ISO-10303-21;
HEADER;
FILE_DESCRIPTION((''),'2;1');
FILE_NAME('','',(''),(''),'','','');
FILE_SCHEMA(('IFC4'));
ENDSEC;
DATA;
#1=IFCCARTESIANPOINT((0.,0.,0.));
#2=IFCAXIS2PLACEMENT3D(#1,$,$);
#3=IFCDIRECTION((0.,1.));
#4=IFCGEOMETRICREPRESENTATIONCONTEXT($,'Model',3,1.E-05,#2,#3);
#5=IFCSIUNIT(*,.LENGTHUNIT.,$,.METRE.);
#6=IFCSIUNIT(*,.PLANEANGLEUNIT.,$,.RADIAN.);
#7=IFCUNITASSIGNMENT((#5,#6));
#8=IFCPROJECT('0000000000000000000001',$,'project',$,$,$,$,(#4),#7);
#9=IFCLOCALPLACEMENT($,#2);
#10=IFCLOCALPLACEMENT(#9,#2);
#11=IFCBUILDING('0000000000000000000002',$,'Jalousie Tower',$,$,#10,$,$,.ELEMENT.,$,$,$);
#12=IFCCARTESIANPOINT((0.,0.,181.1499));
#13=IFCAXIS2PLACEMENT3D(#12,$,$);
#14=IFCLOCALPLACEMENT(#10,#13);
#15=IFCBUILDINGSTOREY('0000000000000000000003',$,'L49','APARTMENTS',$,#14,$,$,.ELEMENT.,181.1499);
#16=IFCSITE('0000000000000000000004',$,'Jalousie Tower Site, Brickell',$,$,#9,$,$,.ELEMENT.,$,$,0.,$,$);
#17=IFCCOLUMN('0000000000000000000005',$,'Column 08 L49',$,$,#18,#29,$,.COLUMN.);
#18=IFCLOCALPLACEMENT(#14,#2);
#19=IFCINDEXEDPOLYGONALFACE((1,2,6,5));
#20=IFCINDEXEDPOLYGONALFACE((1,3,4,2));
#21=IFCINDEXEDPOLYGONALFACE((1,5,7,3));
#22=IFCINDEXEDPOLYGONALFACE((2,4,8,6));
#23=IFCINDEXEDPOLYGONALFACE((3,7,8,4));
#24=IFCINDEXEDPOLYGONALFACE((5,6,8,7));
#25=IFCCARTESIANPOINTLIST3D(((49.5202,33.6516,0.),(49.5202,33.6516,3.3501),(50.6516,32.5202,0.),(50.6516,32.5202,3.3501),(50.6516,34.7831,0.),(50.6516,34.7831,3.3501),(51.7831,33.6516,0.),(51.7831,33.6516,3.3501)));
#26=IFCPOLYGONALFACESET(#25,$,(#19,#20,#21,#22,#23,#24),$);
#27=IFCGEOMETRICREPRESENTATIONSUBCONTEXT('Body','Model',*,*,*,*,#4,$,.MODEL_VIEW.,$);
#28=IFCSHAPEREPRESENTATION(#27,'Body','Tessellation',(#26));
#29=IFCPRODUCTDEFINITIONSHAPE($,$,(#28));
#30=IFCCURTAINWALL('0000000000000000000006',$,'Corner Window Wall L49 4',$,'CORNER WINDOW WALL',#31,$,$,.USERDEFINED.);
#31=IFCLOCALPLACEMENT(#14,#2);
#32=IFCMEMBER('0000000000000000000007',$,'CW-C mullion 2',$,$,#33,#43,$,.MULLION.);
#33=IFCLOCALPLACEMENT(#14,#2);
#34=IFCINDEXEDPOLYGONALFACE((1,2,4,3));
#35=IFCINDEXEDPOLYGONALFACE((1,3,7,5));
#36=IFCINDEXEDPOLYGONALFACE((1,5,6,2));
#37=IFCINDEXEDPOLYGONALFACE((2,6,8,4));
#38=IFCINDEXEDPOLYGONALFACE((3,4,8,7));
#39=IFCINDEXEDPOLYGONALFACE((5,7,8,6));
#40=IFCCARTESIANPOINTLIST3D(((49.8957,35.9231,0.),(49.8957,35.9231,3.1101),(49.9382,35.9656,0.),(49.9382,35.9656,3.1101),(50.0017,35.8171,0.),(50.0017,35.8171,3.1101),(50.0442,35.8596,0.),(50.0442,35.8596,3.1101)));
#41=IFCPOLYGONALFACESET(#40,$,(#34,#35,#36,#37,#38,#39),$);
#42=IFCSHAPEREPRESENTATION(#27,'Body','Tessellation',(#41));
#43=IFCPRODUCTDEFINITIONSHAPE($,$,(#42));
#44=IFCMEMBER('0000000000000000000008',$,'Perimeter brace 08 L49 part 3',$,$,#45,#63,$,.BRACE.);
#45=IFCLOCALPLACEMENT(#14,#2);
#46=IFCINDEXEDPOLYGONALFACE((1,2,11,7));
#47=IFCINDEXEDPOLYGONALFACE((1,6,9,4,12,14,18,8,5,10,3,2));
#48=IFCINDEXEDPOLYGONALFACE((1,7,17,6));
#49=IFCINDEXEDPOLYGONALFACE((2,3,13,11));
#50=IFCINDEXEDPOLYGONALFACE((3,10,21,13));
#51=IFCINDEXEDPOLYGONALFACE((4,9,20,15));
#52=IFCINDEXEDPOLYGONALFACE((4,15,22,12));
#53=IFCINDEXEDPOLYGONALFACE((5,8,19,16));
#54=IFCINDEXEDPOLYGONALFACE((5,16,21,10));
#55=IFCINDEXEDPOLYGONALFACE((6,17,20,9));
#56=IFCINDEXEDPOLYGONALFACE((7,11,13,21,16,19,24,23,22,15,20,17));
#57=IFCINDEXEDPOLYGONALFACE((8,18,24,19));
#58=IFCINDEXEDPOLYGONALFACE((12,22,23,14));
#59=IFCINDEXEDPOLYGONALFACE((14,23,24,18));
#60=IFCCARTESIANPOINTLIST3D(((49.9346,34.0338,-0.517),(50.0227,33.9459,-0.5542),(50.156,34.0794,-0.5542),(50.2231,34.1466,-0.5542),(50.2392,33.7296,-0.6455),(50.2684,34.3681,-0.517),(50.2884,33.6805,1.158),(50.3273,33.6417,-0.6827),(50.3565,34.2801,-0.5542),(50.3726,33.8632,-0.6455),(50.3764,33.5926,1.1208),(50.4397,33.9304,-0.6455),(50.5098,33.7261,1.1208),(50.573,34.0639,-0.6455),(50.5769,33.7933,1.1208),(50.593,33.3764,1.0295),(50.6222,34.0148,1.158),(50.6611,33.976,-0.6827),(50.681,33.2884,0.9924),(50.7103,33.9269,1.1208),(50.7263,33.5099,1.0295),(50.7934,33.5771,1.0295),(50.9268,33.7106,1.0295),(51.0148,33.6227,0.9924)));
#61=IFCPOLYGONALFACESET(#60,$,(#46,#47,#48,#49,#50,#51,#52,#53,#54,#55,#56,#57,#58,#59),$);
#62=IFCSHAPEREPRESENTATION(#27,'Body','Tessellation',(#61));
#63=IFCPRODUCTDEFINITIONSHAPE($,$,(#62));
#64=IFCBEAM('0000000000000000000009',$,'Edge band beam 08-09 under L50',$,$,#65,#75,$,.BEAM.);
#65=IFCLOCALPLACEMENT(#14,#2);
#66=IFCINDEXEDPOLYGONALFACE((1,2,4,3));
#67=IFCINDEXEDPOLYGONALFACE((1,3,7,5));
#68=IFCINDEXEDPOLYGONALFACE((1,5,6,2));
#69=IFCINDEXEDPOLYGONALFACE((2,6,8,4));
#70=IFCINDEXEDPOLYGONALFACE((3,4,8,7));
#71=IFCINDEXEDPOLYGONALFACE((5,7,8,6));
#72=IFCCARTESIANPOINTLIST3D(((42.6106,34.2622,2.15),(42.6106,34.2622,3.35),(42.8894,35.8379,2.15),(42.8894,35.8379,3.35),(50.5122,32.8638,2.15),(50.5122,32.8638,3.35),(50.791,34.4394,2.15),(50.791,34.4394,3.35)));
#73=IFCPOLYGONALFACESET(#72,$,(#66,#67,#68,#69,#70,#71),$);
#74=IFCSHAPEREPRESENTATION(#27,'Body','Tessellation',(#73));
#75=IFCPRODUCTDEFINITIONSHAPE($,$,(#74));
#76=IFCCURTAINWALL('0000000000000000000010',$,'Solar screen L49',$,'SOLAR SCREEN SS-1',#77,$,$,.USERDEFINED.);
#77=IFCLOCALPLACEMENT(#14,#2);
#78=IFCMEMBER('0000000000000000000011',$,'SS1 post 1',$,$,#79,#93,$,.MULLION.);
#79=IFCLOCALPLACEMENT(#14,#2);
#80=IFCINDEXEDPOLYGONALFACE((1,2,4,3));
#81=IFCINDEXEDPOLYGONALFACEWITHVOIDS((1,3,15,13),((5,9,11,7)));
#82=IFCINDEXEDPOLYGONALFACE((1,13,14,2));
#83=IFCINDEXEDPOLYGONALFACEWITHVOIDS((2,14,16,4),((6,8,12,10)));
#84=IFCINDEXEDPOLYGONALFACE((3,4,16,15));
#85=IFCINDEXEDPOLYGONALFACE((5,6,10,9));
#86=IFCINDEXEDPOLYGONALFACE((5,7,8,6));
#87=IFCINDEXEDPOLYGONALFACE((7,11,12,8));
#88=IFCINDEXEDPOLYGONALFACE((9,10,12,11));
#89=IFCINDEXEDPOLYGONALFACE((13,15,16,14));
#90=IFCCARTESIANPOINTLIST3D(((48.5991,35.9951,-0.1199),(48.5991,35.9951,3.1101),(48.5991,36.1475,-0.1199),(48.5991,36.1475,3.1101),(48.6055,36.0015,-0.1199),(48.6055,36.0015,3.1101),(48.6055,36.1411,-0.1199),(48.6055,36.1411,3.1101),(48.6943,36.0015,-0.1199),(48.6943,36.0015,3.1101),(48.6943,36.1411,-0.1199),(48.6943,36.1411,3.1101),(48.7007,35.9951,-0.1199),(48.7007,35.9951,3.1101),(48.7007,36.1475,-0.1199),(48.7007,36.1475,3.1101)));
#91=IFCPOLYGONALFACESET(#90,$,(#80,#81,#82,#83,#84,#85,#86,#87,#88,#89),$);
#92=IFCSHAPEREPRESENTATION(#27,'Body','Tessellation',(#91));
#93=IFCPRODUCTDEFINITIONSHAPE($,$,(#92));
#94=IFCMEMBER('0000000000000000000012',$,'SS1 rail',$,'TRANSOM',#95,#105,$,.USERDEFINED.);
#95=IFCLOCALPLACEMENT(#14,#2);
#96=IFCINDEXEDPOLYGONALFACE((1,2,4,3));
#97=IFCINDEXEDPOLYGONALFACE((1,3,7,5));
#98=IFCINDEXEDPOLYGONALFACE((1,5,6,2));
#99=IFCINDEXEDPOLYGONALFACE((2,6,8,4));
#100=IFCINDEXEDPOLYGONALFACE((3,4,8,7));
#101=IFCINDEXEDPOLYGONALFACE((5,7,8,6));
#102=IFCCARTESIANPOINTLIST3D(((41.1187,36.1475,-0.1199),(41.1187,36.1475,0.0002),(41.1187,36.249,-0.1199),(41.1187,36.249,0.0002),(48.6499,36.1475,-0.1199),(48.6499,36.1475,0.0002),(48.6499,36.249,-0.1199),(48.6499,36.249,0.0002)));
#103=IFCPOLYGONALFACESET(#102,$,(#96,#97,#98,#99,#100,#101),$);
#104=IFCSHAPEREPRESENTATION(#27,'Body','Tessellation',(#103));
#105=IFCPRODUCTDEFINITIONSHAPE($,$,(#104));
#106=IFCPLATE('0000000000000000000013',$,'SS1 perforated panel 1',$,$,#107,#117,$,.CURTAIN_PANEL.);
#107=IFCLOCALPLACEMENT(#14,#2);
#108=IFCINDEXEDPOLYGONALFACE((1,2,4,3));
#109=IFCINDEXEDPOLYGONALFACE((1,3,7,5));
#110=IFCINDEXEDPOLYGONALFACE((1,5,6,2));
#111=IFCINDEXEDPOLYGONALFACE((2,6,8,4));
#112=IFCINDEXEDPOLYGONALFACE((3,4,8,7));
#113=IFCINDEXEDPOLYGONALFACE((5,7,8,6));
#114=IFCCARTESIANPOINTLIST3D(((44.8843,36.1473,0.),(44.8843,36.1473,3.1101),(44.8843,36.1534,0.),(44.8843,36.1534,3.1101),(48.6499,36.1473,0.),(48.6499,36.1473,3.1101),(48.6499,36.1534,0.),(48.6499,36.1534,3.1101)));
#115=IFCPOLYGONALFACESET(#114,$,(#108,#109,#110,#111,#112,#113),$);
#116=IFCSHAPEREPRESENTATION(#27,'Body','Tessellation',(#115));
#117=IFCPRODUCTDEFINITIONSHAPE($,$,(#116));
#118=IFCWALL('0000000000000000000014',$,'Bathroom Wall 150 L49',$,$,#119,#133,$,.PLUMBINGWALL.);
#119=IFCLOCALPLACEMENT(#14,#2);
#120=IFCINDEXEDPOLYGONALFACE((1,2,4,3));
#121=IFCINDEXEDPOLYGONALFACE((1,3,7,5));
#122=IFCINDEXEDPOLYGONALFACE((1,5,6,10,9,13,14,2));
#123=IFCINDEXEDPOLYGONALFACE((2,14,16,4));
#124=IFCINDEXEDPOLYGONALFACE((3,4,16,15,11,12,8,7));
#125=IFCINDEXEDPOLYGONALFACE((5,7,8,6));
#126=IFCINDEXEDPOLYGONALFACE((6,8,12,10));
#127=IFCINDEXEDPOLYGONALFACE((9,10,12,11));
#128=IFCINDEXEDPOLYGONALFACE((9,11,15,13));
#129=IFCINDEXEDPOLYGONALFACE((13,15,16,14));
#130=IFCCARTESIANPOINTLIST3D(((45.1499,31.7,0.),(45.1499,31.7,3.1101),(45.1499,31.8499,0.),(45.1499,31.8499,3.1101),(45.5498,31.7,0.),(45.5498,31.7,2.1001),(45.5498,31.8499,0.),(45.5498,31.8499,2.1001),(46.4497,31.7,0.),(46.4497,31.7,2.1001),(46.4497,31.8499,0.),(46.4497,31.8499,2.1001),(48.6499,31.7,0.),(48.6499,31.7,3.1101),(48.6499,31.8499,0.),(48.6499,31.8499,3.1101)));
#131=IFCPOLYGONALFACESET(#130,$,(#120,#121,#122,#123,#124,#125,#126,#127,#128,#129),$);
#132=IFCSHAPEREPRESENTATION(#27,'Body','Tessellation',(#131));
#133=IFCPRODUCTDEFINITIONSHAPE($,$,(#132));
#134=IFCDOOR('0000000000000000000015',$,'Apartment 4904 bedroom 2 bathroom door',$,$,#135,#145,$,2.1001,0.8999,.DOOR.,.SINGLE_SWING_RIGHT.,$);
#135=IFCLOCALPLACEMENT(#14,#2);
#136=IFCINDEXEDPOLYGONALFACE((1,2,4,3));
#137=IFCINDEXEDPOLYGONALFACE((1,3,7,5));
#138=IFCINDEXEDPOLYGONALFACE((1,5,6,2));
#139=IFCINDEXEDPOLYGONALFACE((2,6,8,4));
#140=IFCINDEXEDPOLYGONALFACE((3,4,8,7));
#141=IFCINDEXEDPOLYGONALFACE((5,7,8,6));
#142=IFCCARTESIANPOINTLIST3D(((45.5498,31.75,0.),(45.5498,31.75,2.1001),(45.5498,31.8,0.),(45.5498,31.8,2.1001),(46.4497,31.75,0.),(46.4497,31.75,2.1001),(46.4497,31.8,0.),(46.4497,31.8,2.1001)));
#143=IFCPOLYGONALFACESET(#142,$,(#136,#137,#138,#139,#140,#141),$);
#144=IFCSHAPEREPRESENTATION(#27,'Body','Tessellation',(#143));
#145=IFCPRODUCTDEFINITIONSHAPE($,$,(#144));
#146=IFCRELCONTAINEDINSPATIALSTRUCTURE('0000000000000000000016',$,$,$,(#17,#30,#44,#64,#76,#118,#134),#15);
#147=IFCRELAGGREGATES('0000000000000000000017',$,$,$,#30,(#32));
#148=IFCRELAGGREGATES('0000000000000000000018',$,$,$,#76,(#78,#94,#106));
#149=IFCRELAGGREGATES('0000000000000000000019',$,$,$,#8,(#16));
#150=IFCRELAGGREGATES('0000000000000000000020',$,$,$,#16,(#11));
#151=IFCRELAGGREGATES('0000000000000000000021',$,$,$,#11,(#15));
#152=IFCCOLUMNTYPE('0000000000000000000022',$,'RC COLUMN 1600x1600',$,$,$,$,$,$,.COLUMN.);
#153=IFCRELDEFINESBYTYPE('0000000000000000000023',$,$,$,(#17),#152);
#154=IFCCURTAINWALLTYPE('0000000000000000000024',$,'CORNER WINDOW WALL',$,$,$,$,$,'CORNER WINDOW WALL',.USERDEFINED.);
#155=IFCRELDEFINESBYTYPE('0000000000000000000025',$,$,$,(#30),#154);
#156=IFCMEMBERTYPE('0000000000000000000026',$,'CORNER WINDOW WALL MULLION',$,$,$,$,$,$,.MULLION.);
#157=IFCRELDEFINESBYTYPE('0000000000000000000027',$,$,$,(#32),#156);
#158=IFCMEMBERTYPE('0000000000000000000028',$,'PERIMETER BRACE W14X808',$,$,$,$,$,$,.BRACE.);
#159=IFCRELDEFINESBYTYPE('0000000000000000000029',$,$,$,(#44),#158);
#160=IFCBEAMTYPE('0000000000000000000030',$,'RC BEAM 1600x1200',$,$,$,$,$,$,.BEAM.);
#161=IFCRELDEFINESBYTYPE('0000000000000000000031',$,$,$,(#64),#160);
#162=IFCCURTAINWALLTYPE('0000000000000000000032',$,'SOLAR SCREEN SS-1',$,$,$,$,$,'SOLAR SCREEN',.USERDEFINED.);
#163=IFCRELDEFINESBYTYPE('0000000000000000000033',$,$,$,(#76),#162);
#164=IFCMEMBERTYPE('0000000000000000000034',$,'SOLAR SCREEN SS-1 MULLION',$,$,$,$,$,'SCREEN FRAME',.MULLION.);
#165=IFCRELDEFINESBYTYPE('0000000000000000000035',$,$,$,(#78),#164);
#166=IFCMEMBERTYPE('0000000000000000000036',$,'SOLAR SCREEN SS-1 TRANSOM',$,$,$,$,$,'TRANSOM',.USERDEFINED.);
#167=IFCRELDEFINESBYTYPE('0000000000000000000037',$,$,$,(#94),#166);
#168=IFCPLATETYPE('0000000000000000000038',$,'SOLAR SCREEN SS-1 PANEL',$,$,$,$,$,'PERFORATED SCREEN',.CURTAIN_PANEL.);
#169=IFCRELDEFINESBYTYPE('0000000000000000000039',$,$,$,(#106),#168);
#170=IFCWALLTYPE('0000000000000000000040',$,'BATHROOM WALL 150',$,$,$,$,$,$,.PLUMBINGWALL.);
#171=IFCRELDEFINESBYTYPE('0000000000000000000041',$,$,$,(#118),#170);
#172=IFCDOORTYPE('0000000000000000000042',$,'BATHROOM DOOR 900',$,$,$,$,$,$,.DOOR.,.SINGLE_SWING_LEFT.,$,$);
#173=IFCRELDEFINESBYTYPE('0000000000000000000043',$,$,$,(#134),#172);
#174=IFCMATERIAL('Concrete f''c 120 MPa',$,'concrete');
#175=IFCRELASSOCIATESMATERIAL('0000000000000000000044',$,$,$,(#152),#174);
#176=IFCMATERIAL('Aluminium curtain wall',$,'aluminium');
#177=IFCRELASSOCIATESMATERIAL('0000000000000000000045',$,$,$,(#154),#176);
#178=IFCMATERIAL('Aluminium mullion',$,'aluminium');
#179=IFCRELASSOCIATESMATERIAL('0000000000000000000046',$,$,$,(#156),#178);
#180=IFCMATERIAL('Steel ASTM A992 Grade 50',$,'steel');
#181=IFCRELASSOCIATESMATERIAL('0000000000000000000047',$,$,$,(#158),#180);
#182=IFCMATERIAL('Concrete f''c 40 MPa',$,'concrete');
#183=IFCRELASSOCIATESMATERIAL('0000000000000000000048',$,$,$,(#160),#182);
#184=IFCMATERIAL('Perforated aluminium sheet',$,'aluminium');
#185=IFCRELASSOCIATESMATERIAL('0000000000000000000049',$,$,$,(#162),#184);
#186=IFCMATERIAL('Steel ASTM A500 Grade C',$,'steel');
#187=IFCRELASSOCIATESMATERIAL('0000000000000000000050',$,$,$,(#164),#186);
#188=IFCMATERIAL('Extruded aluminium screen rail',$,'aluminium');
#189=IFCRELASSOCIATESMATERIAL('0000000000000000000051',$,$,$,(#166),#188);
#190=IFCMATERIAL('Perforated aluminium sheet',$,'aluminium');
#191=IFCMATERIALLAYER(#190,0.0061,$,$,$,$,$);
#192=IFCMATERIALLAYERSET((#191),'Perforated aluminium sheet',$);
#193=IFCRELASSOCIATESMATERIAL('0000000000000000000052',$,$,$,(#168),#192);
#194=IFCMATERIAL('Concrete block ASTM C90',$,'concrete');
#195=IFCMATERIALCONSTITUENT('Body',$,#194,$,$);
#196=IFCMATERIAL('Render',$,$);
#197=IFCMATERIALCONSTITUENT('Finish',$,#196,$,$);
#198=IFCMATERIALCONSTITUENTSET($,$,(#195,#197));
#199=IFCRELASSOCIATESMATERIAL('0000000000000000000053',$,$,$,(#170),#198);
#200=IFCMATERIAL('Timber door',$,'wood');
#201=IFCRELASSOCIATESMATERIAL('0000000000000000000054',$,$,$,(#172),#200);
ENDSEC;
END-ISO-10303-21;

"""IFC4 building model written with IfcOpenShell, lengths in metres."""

from ifc_helpers import new_model, si_unit, direction, frame, frame_2d, origin, origin_2d, place, context, subcontext, project, spatial, rectangle, hollow_rectangle, i_section, extrude, material, layer, layer_set, constituent, constituent_set, material_profile, profile_set, type_object, element, fill, aggregate, save


model = new_model("IFC4")

# Units and contexts
model_context = context("Model", 3, precision=1e-05, world=origin(), true_north=direction((0.0, 1.0)))
body_context = subcontext(model_context, "Body", "Model", "MODEL_VIEW")
ifc_project = project(units=[si_unit("LENGTHUNIT", "METRE"), si_unit("PLANEANGLEUNIT", "RADIAN")], contexts=[model_context])

# Site, building, storey
site_placement = place(None, origin())
site = spatial("IfcSite", under=ifc_project, at=site_placement, Name="Jalousie Tower Site, Brickell", CompositionType="ELEMENT", RefElevation=0.0)
building_placement = place(site_placement, origin())
building = spatial("IfcBuilding", under=site, at=building_placement, Name="Jalousie Tower", CompositionType="ELEMENT")
storey_placement = place(building_placement, frame((0.0, 0.0, 181.1499)))
storey = spatial("IfcBuildingStorey", under=building, at=storey_placement, Name="L49", Description="APARTMENTS", CompositionType="ELEMENT", Elevation=181.1499)

# Column
ifc_material_1 = material(Name="Concrete f'c 120 MPa", Category="concrete")
ifc_material_profile_1 = material_profile(ifc_material_1, rectangle(XDim=1.6001, YDim=1.6001, at=origin_2d()), Name="RC 1600x1600")
ifc_profile_set_1 = profile_set([ifc_material_profile_1], Name="Concrete f'c 120 MPa")
column_type = type_object("IfcColumnType", Name="RC COLUMN 1600x1600", PredefinedType="COLUMN", material=ifc_profile_set_1)
column_placement = place(storey_placement, frame((50.6516, 33.6516, 0.0), z_axis=(0.0, 0.0, 1.0), x_axis=(0.707107, 0.707107, 0.0)))
element("IfcColumn", 1, at=column_placement, inside=storey, type_object=column_type, Name="Column 08 L49", PredefinedType="COLUMN", context=body_context, shape_type="SweptSolid", body=[
    extrude(rectangle(XDim=1.6001, YDim=1.6001, at=origin_2d()), origin(), (0.0, 0.0, 1.0), 3.3501),
])

# Curtain wall, member
ifc_material_2 = material(Name="Aluminium curtain wall", Category="aluminium")
curtain_wall_type_1 = type_object("IfcCurtainWallType", Name="CORNER WINDOW WALL", ElementType="CORNER WINDOW WALL", PredefinedType="USERDEFINED", material=ifc_material_2)
curtain_wall_1_placement = place(storey_placement, origin())
curtain_wall_1 = element("IfcCurtainWall", 2, at=curtain_wall_1_placement, inside=storey, type_object=curtain_wall_type_1, Name="Corner Window Wall L49 4", ObjectType="CORNER WINDOW WALL", PredefinedType="USERDEFINED")
ifc_material_3 = material(Name="Aluminium mullion", Category="aluminium")
ifc_material_profile_2 = material_profile(ifc_material_3, rectangle(XDim=0.0601, YDim=0.1499, at=origin_2d()), Name="MULLION 60x150")
ifc_profile_set_2 = profile_set([ifc_material_profile_2], Name="Aluminium mullion")
member_type_1 = type_object("IfcMemberType", Name="CORNER WINDOW WALL MULLION", PredefinedType="MULLION", material=ifc_profile_set_2)
member_1_placement = place(storey_placement, frame((49.97, 35.8914, 0.0), z_axis=(0.0, 0.0, 1.0), x_axis=(-0.707107, -0.707107, 0.0)))
member_1 = element("IfcMember", 3, at=member_1_placement, type_object=member_type_1, Name="CW-C mullion 2", PredefinedType="MULLION", context=body_context, shape_type="SweptSolid", body=[
    extrude(rectangle(XDim=0.0601, YDim=0.1499, at=origin_2d()), origin(), (0.0, 0.0, 1.0), 3.1101),
])
aggregate(curtain_wall_1, [member_1])

# Member
ifc_material_4 = material(Name="Steel ASTM A992 Grade 50", Category="steel")
ifc_material_profile_3 = material_profile(ifc_material_4, i_section(OverallWidth=0.4724, OverallDepth=0.5791, WebThickness=0.095, FlangeThickness=0.1299, at=origin_2d()), Name="W14X808")
ifc_profile_set_3 = profile_set([ifc_material_profile_3], Name="Steel ASTM A992 Grade 50")
member_type_2 = type_object("IfcMemberType", Name="PERIMETER BRACE W14X808", PredefinedType="BRACE", material=ifc_profile_set_3)
member_2_placement = place(storey_placement, frame((50.2979, 34.0049, -0.5999), z_axis=(0.202372, -0.202093, 0.95823), x_axis=(0.706618, 0.707595, 0.0)))
element("IfcMember", 4, at=member_2_placement, inside=storey, type_object=member_type_2, Name="Perimeter brace 08 L49 part 3", PredefinedType="BRACE", context=body_context, shape_type="SweptSolid", body=[
    extrude(i_section(OverallWidth=0.4724, OverallDepth=0.5791, WebThickness=0.095, FlangeThickness=0.1299, at=origin_2d()), origin(), (0.0, 0.0, 1.0), 1.748),
])

# Beam
ifc_material_5 = material(Name="Concrete f'c 40 MPa", Category="concrete")
ifc_material_profile_4 = material_profile(ifc_material_5, rectangle(XDim=1.6001, YDim=1.2, at=origin_2d()), Name="RC 1600x1200")
ifc_profile_set_4 = profile_set([ifc_material_profile_4], Name="Concrete f'c 40 MPa")
beam_type = type_object("IfcBeamType", Name="RC BEAM 1600x1200", PredefinedType="BEAM", material=ifc_profile_set_4)
beam_placement = place(storey_placement, frame((50.6516, 33.6516, 2.75), z_axis=(-0.984697, 0.174273, 0.0), x_axis=(-0.174273, -0.984697, 0.0)))
element("IfcBeam", 5, at=beam_placement, inside=storey, type_object=beam_type, Name="Edge band beam 08-09 under L50", PredefinedType="BEAM", context=body_context, shape_type="SweptSolid", body=[
    extrude(rectangle(XDim=1.6001, YDim=1.2, at=origin_2d()), origin(), (0.0, 0.0, 1.0), 8.0244),
])

# Curtain wall, members, plate
ifc_material_6 = material(Name="Perforated aluminium sheet", Category="aluminium")
curtain_wall_type_2 = type_object("IfcCurtainWallType", Name="SOLAR SCREEN SS-1", ElementType="SOLAR SCREEN", PredefinedType="USERDEFINED", material=ifc_material_6)
curtain_wall_2_placement = place(storey_placement, origin())
curtain_wall_2 = element("IfcCurtainWall", 6, at=curtain_wall_2_placement, inside=storey, type_object=curtain_wall_type_2, Name="Solar screen L49", ObjectType="SOLAR SCREEN SS-1", PredefinedType="USERDEFINED")
ifc_material_7 = material(Name="Steel ASTM A500 Grade C", Category="steel")
ifc_material_profile_5 = material_profile(ifc_material_7, hollow_rectangle(XDim=0.1016, YDim=0.1523, WallThickness=0.0063, at=origin_2d()), Name="HSS6X4X1/4")
ifc_profile_set_5 = profile_set([ifc_material_profile_5], Name="Steel ASTM A500 Grade C")
member_type_3 = type_object("IfcMemberType", Name="SOLAR SCREEN SS-1 MULLION", ElementType="SCREEN FRAME", PredefinedType="MULLION", material=ifc_profile_set_5)
member_3_placement = place(storey_placement, frame((48.6499, 36.0713, -0.1199), z_axis=(0.0, 0.0, 1.0), x_axis=(-1.0, 0.0, 0.0)))
member_3 = element("IfcMember", 7, at=member_3_placement, type_object=member_type_3, Name="SS1 post 1", PredefinedType="MULLION", context=body_context, shape_type="SweptSolid", body=[
    extrude(hollow_rectangle(XDim=0.1016, YDim=0.1523, WallThickness=0.0063, at=origin_2d()), origin(), (0.0, 0.0, 1.0), 3.23),
])
ifc_material_8 = material(Name="Extruded aluminium screen rail", Category="aluminium")
ifc_material_profile_6 = material_profile(ifc_material_8, rectangle(XDim=0.1016, YDim=0.1201, at=origin_2d()), Name="RAIL 102x120")
ifc_profile_set_6 = profile_set([ifc_material_profile_6], Name="Extruded aluminium screen rail")
member_type_4 = type_object("IfcMemberType", Name="SOLAR SCREEN SS-1 TRANSOM", ElementType="TRANSOM", PredefinedType="USERDEFINED", material=ifc_profile_set_6)
member_4_placement = place(storey_placement, frame((48.6499, 36.1982, -0.0598), z_axis=(-1.0, 0.0, 0.0), x_axis=(0.0, -1.0, 0.0)))
member_4 = element("IfcMember", 8, at=member_4_placement, type_object=member_type_4, Name="SS1 rail", ObjectType="TRANSOM", PredefinedType="USERDEFINED", context=body_context, shape_type="SweptSolid", body=[
    extrude(rectangle(XDim=0.1016, YDim=0.1201, at=origin_2d()), origin(), (0.0, 0.0, 1.0), 7.5312),
])
ifc_material_9 = material(Name="Perforated aluminium sheet", Category="aluminium")
ifc_layer = layer(ifc_material_9, 0.0061)
ifc_layer_set = layer_set([ifc_layer], Name="Perforated aluminium sheet")
plate_type = type_object("IfcPlateType", Name="SOLAR SCREEN SS-1 PANEL", ElementType="PERFORATED SCREEN", PredefinedType="CURTAIN_PANEL", material=ifc_layer_set)
plate_placement = place(storey_placement, frame((46.7671, 36.1504, 0.0), z_axis=(0.0, 0.0, 1.0), x_axis=(-1.0, 0.0, 0.0)))
plate = element("IfcPlate", 9, at=plate_placement, type_object=plate_type, Name="SS1 perforated panel 1", PredefinedType="CURTAIN_PANEL", context=body_context, shape_type="SweptSolid", body=[
    extrude(rectangle(XDim=3.7656, YDim=0.0061, at=origin_2d()), origin(), (0.0, 0.0, 1.0), 3.1101),
])
aggregate(curtain_wall_2, [member_3, member_4, plate])

# Wall, opening, door
ifc_material_10 = material(Name="Concrete block ASTM C90", Category="concrete")
ifc_constituent_1 = constituent(ifc_material_10, Name="Body")
ifc_material_11 = material(Name="Render")
ifc_constituent_2 = constituent(ifc_material_11, Name="Finish")
ifc_constituent_set_1 = constituent_set(constituents=[ifc_constituent_1, ifc_constituent_2])
wall_type_1 = type_object("IfcWallType", Name="BATHROOM WALL 150", PredefinedType="PLUMBINGWALL", material=ifc_constituent_set_1)
wall_1_placement = place(storey_placement, frame((45.1499, 31.7749, 0.0), z_axis=(0.0, 0.0, 1.0), x_axis=(1.0, 0.0, 0.0)))
wall_1 = element("IfcWall", 10, at=wall_1_placement, inside=storey, type_object=wall_type_1, Name="Bathroom Wall 150 L49", PredefinedType="PLUMBINGWALL", context=body_context, shape_type="SweptSolid", body=[
    extrude(rectangle(XDim=3.5, YDim=0.1499, at=frame_2d((1.75, 0.0))), origin(), (0.0, 0.0, 1.0), 3.1101),
])
opening_1_placement = place(wall_1_placement, frame((0.3999, 0.0, 0.0)))
opening_1 = element("IfcOpeningElement", 11, at=opening_1_placement, cuts=wall_1, PredefinedType="OPENING", context=body_context, shape_type="SweptSolid", body=[
    extrude(rectangle(XDim=0.8999, YDim=2.1001, at=frame_2d((0.45, 1.05))), frame((0.0, 0.085, 0.0), z_axis=(0.0, -1.0, 0.0), x_axis=(1.0, 0.0, 0.0)), (0.0, 0.0, 1.0), 0.1699),
])
ifc_material_12 = material(Name="Timber door", Category="wood")
door_type_1 = type_object("IfcDoorType", Name="BATHROOM DOOR 900", OperationType="SINGLE_SWING_LEFT", PredefinedType="DOOR", material=ifc_material_12)
door_1_placement = place(opening_1_placement, frame((0.8999, 0.0, 0.0), z_axis=(0.0, 0.0, 1.0), x_axis=(-1.0, 0.0, 0.0)))
door_1 = element("IfcDoor", 12, at=door_1_placement, inside=storey, type_object=door_type_1, Name="Apartment 4904 bedroom 2 bathroom door", OperationType="SINGLE_SWING_RIGHT", OverallHeight=2.1001, OverallWidth=0.8999, PredefinedType="DOOR", context=body_context, shape_type="SweptSolid", body=[
    extrude(rectangle(XDim=0.8999, YDim=2.1001, at=frame_2d((0.45, 1.05))), frame((0.0, 0.0249, 0.0), z_axis=(0.0, -1.0, 0.0), x_axis=(1.0, 0.0, 0.0)), (0.0, 0.0, 1.0), 0.05),
])
fill(opening_1, door_1)

save(model, "model.ifc")
